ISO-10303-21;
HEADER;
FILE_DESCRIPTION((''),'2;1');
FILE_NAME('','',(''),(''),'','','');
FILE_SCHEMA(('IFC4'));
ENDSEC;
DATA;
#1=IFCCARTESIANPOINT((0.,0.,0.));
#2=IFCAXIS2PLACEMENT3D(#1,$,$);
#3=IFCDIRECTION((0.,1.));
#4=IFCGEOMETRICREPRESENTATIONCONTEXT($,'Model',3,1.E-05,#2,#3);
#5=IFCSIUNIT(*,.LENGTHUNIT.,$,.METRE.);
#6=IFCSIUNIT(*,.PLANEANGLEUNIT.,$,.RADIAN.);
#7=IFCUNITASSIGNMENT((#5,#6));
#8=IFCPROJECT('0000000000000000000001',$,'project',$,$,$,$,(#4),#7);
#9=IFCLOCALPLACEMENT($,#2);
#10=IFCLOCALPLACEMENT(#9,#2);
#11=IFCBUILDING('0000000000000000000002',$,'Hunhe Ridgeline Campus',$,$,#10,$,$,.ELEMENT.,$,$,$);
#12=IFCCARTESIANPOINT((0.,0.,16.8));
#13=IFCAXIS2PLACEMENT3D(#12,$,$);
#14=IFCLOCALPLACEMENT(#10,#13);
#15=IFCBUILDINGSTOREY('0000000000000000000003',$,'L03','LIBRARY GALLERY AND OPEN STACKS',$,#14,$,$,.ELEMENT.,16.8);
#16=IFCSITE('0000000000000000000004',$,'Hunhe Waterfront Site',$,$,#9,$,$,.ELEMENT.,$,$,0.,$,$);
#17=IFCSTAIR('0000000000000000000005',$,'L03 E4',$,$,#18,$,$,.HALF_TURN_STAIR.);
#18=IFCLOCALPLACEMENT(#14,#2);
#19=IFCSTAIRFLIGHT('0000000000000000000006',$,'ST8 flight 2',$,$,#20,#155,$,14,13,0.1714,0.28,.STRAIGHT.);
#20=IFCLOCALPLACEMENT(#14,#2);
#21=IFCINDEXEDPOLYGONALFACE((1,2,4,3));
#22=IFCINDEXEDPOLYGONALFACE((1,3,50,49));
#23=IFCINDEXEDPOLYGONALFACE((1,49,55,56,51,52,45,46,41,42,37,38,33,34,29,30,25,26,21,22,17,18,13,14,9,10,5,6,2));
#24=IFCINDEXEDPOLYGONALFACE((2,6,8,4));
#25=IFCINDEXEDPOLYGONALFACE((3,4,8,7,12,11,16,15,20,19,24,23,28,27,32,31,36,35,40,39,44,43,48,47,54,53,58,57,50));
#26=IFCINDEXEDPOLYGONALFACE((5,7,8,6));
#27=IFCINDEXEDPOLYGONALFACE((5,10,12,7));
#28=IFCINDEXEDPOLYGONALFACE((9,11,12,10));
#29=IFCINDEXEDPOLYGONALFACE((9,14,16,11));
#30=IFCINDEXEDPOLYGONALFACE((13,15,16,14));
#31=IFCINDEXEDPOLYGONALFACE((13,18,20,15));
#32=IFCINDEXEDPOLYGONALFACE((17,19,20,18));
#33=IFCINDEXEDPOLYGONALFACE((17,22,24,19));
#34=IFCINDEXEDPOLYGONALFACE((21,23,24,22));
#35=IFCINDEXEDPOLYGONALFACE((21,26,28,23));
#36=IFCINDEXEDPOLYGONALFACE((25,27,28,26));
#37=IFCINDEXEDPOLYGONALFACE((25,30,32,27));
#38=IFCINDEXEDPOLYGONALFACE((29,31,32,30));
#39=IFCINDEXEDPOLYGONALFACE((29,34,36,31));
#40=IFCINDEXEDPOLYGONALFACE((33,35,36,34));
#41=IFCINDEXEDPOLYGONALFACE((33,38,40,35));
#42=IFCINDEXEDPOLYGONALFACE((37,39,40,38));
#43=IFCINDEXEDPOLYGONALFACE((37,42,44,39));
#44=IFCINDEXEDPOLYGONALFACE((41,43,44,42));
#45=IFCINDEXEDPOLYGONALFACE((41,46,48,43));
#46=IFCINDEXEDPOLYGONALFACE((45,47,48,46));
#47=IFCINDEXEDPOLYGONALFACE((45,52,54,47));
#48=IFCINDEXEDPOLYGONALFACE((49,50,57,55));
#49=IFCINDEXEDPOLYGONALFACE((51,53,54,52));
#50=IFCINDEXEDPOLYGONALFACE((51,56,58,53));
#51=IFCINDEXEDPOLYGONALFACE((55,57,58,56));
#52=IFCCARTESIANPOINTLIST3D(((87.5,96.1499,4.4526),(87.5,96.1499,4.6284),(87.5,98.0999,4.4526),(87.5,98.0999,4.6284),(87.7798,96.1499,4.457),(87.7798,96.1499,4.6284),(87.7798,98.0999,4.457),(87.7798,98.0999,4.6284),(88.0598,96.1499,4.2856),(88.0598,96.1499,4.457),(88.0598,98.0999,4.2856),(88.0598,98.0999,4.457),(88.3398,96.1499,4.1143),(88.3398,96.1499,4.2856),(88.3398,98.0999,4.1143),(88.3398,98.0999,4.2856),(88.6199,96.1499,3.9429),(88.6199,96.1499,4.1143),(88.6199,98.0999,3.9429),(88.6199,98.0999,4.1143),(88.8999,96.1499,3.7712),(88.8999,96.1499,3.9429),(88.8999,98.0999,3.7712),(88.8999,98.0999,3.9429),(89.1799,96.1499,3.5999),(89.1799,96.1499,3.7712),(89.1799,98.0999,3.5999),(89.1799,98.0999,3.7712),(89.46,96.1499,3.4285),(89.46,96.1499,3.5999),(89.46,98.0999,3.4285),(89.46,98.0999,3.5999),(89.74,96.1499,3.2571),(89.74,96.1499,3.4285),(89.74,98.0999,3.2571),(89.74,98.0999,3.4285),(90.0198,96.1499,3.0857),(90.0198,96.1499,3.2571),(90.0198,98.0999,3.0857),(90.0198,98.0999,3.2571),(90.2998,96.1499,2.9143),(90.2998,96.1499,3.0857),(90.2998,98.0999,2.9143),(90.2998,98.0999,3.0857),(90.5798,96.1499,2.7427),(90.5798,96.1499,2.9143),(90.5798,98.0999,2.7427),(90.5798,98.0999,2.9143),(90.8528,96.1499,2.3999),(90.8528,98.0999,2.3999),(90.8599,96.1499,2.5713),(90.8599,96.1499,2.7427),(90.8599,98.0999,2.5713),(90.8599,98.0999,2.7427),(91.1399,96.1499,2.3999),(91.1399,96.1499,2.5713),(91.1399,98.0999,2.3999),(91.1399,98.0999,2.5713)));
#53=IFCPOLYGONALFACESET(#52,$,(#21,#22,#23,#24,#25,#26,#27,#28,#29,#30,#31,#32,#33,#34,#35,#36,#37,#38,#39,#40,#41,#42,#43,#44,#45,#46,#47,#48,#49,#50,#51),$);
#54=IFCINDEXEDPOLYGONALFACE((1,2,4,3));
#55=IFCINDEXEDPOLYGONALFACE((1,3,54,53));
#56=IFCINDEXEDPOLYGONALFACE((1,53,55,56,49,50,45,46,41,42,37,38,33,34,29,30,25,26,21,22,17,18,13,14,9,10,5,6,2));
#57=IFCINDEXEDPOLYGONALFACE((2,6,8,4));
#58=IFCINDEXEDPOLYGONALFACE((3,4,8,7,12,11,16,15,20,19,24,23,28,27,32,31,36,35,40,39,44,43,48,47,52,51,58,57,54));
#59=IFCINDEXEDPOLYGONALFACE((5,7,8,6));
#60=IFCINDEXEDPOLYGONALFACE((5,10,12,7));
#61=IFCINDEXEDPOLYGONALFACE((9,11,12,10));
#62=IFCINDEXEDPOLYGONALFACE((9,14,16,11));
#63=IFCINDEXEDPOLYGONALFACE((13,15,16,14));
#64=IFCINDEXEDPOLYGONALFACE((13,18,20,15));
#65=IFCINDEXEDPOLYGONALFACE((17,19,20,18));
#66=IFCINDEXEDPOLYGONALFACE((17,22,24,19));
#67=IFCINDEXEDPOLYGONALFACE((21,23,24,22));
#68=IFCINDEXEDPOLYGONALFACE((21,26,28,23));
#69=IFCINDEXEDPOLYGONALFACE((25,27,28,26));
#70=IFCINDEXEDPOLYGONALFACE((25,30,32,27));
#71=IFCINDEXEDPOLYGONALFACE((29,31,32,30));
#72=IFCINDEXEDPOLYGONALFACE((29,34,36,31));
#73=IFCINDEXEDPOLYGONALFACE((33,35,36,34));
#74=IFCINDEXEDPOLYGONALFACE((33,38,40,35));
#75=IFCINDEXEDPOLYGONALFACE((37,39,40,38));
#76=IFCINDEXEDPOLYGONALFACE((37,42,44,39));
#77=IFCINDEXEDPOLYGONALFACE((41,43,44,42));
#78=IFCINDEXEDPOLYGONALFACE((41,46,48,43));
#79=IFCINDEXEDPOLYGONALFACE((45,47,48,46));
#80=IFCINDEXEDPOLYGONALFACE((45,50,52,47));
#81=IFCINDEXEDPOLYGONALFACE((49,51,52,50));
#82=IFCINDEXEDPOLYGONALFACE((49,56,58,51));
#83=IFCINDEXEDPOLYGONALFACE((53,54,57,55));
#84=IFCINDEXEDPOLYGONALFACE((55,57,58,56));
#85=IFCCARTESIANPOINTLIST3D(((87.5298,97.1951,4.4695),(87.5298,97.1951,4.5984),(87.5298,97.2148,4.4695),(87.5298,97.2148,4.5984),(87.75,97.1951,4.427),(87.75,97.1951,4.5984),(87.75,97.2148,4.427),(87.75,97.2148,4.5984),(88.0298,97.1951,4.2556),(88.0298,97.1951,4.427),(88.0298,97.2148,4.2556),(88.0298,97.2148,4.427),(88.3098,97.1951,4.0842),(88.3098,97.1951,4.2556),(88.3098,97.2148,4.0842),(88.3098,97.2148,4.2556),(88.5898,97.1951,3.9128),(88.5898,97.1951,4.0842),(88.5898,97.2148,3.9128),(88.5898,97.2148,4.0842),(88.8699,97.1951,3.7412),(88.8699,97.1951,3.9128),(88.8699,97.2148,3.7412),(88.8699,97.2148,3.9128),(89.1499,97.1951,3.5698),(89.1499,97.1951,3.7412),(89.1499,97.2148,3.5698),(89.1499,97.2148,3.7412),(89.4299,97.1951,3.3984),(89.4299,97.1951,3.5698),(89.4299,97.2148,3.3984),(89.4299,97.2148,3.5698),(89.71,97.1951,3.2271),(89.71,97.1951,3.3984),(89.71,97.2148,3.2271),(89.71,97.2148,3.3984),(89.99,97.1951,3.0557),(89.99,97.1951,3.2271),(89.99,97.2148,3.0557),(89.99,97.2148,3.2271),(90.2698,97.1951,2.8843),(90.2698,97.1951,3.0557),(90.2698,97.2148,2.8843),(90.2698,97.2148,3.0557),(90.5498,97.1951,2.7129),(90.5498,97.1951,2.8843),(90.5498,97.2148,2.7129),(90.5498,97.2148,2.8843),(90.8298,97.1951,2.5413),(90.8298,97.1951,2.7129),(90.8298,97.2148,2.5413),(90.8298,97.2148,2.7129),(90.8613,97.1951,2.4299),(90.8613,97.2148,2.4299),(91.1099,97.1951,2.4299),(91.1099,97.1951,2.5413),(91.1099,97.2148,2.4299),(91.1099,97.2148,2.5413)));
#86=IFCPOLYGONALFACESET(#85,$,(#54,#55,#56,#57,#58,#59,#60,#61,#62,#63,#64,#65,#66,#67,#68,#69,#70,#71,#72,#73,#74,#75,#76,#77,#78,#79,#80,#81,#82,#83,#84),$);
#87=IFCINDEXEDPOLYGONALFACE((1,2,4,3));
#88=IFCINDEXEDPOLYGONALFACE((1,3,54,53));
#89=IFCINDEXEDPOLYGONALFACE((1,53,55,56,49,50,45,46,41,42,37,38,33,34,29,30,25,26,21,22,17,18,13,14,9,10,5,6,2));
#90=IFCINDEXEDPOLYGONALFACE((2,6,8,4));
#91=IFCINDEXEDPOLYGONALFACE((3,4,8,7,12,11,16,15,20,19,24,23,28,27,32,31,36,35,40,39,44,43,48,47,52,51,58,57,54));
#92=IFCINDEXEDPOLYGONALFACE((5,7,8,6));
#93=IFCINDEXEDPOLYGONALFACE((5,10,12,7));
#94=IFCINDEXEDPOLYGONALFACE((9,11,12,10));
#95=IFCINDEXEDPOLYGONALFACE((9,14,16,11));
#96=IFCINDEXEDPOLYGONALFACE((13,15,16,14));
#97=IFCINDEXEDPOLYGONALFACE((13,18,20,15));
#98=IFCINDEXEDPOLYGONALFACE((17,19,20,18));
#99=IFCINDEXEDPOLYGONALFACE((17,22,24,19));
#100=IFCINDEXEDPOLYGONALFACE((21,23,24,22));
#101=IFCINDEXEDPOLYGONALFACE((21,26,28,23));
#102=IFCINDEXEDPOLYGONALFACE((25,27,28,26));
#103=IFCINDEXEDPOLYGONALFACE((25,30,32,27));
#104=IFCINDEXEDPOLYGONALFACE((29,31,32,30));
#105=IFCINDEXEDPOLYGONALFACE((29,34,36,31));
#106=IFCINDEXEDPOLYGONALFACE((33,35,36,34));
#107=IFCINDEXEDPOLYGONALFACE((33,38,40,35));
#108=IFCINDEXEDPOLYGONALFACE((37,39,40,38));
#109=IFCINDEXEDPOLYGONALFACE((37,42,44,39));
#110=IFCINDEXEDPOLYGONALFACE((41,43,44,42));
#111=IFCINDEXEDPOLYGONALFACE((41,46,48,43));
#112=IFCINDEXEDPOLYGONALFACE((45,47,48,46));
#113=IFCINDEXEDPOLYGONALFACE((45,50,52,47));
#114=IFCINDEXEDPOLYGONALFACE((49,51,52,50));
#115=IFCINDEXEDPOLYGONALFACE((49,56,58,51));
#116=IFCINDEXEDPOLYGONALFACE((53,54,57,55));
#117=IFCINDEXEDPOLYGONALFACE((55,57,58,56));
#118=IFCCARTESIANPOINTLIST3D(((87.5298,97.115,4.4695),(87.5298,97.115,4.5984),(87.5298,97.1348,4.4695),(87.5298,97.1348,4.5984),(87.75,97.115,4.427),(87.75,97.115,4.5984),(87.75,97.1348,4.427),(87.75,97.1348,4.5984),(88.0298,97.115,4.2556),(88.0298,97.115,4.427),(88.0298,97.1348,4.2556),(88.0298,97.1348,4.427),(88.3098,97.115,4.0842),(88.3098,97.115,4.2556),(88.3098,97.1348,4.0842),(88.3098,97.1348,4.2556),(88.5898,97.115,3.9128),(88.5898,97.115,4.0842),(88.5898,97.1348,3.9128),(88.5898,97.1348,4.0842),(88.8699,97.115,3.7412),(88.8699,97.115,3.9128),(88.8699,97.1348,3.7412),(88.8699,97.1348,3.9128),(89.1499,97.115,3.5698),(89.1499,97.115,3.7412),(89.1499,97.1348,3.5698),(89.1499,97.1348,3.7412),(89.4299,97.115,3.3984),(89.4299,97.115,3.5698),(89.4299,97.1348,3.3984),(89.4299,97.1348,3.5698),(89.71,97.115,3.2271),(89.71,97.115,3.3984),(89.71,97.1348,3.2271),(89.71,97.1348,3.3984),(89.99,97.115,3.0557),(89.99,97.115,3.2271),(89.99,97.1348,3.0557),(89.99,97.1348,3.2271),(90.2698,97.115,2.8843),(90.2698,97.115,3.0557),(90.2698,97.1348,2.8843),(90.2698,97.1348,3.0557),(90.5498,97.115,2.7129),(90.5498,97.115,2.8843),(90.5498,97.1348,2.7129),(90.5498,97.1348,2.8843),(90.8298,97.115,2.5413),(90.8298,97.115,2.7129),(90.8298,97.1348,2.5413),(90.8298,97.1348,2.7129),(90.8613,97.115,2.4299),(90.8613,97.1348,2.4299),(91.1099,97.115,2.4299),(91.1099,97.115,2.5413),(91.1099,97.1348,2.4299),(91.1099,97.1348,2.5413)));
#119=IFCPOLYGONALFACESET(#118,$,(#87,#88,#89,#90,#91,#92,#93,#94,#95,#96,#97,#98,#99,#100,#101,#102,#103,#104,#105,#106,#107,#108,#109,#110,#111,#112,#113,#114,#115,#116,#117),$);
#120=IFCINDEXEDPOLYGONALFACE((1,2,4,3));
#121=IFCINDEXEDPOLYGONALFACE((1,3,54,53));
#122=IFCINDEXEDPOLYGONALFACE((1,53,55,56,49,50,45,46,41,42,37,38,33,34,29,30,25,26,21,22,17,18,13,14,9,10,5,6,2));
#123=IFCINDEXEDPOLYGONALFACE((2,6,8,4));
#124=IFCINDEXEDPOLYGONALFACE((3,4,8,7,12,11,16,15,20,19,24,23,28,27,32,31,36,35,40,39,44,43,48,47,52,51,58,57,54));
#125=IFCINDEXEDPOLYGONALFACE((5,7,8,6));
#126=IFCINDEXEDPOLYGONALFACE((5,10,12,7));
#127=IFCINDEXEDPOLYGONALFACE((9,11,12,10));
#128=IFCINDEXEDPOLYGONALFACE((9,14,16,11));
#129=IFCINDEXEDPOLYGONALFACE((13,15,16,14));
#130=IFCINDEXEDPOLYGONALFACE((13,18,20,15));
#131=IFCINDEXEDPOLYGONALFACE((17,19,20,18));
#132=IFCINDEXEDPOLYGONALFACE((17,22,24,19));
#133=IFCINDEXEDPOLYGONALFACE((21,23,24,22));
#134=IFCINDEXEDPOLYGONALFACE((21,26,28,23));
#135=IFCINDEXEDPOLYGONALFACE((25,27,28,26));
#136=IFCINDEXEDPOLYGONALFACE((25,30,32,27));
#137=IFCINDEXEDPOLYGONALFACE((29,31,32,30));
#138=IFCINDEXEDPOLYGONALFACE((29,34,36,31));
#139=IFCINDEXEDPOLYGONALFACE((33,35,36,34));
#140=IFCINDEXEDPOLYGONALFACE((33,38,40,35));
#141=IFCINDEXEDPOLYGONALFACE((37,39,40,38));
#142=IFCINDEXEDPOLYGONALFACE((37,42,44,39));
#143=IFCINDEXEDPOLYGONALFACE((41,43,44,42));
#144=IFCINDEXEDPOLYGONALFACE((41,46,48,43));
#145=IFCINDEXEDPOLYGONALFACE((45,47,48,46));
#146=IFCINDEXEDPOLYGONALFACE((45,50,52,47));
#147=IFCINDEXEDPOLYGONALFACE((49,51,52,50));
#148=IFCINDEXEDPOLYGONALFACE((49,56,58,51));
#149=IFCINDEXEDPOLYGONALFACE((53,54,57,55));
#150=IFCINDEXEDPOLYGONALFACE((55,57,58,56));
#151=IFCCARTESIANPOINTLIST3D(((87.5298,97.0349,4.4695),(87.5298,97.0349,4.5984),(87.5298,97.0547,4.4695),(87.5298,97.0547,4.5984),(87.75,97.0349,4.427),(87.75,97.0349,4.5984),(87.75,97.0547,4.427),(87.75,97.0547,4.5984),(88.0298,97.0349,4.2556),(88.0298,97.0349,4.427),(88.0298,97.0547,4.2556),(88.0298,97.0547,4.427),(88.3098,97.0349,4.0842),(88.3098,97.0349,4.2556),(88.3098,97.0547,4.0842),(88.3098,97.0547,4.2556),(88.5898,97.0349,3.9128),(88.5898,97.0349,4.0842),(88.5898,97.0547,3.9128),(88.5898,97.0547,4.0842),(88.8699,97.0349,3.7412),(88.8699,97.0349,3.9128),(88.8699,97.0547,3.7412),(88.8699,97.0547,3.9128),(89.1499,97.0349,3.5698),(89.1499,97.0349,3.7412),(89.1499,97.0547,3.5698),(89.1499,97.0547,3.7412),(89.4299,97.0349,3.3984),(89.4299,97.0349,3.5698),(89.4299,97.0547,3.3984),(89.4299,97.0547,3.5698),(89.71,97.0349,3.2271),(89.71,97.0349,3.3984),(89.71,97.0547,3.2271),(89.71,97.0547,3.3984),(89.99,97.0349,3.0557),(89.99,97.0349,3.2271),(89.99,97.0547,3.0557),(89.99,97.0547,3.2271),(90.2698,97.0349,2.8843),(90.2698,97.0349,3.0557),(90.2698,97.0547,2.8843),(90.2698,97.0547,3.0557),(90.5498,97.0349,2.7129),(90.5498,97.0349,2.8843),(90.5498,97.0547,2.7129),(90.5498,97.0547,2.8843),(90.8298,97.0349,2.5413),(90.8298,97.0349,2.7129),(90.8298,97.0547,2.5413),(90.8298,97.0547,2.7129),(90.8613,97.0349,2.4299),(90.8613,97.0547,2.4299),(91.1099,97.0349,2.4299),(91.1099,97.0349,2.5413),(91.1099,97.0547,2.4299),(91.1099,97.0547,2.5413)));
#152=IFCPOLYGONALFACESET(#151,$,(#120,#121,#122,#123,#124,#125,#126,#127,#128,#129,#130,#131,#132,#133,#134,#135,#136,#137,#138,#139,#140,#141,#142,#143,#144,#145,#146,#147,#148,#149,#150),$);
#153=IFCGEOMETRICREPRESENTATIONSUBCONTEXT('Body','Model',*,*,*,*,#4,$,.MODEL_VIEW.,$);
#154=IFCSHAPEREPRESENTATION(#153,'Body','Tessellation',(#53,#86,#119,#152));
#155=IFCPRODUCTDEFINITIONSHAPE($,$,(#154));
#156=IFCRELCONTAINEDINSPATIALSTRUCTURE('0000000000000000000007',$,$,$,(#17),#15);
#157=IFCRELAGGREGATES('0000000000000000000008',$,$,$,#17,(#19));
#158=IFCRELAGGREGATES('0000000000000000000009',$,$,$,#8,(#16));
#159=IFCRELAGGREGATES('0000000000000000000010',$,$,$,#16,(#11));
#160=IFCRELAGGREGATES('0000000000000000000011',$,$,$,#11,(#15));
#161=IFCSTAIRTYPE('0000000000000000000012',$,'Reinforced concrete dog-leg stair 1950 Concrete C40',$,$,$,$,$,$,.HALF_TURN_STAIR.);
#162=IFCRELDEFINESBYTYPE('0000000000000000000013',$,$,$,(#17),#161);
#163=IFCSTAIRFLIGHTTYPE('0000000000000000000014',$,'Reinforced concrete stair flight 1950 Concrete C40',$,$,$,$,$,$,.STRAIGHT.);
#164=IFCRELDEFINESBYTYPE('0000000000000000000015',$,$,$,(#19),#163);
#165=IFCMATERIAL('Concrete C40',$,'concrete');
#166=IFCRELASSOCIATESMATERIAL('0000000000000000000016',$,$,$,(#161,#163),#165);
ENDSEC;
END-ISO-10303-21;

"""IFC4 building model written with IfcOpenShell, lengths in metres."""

from ifc_helpers import new_model, si_unit, direction, frame, origin, place, context, subcontext, project, spatial, polyline, outline, extrude, material, type_object, element, aggregate, save


model = new_model("IFC4")

# Units and contexts
model_context = context("Model", 3, precision=1e-05, world=origin(), true_north=direction((0.0, 1.0)))
body_context = subcontext(model_context, "Body", "Model", "MODEL_VIEW")
ifc_project = project(units=[si_unit("LENGTHUNIT", "METRE"), si_unit("PLANEANGLEUNIT", "RADIAN")], contexts=[model_context])

# Site, building, storey
site_placement = place(None, origin())
site = spatial("IfcSite", under=ifc_project, at=site_placement, Name="Hunhe Waterfront Site", CompositionType="ELEMENT", RefElevation=0.0)
building_placement = place(site_placement, origin())
building = spatial("IfcBuilding", under=site, at=building_placement, Name="Hunhe Ridgeline Campus", CompositionType="ELEMENT")
storey_placement = place(building_placement, frame((0.0, 0.0, 16.8)))
storey = spatial("IfcBuildingStorey", under=building, at=storey_placement, Name="L03", Description="LIBRARY GALLERY AND OPEN STACKS", CompositionType="ELEMENT", Elevation=16.8)

# Stair, stair flight
ifc_material_1 = material(Name="Concrete C40", Category="concrete")
stair_type = type_object("IfcStairType", Name="Reinforced concrete dog-leg stair 1950 Concrete C40", PredefinedType="HALF_TURN_STAIR", material=ifc_material_1)
stair_flight_type = type_object("IfcStairFlightType", Name="Reinforced concrete stair flight 1950 Concrete C40", PredefinedType="STRAIGHT", material=ifc_material_1)
stair_1_placement = place(storey_placement, origin())
stair_1 = element("IfcStair", 1, at=stair_1_placement, inside=storey, type_object=stair_type, Name="L03 E4", PredefinedType="HALF_TURN_STAIR")
stair_flight_1_placement = place(storey_placement, frame((91.1399, 97.125, 2.3999), z_axis=(0.0, 0.0, 1.0), x_axis=(-1.0, 0.0, 0.0)))
stair_flight_1 = element("IfcStairFlight", 2, at=stair_flight_1_placement, type_object=stair_flight_type, Name="ST8 flight 2", NumberOfRisers=14, NumberOfTreads=13, PredefinedType="STRAIGHT", RiserHeight=0.1714, TreadLength=0.28, context=body_context, shape_type="SweptSolid", body=[
    extrude(outline(polyline([(0.0, 0.0), (0.0, 0.1714), (0.28, 0.1714), (0.28, 0.3428), (0.5601, 0.3428), (0.5601, 0.5144), (0.8401, 0.5144), (0.8401, 0.6858), (1.1201, 0.6858), (1.1201, 0.8572), (1.3999, 0.8572), (1.3999, 1.0286), (1.6799, 1.0286), (1.6799, 1.2), (1.96, 1.2), (1.96, 1.3713), (2.24, 1.3713), (2.24, 1.543), (2.52, 1.543), (2.52, 1.7144), (2.8, 1.7144), (2.8, 1.8857), (3.0801, 1.8857), (3.0801, 2.0571), (3.3601, 2.0571), (3.3601, 2.2285), (3.6399, 2.2285), (3.6399, 2.3999), (3.6399, 2.0527), (0.2871, 0.0), (0.0, 0.0)])), frame((0.0, 0.9751, 0.0), z_axis=(0.0, -1.0, 0.0), x_axis=(1.0, 0.0, 0.0)), (0.0, 0.0, 1.0), 1.95),
    extrude(outline(polyline([(0.03, 0.03), (0.03, 0.1414), (0.3101, 0.1414), (0.3101, 0.313), (0.5901, 0.313), (0.5901, 0.4844), (0.8701, 0.4844), (0.8701, 0.6558), (1.1499, 0.6558), (1.1499, 0.8271), (1.4299, 0.8271), (1.4299, 0.9985), (1.71, 0.9985), (1.71, 1.1699), (1.99, 1.1699), (1.99, 1.3413), (2.27, 1.3413), (2.27, 1.5129), (2.55, 1.5129), (2.55, 1.6843), (2.8301, 1.6843), (2.8301, 1.8557), (3.1101, 1.8557), (3.1101, 2.0271), (3.3899, 2.0271), (3.3899, 2.1985), (3.6101, 2.1985), (3.6101, 2.0696), (0.2786, 0.03), (0.03, 0.03)])), frame((0.0, -0.0701, 0.0), z_axis=(0.0, -1.0, 0.0), x_axis=(1.0, 0.0, 0.0)), (0.0, 0.0, 1.0), 0.0198),
    extrude(outline(polyline([(0.03, 0.03), (0.03, 0.1414), (0.3101, 0.1414), (0.3101, 0.313), (0.5901, 0.313), (0.5901, 0.4844), (0.8701, 0.4844), (0.8701, 0.6558), (1.1499, 0.6558), (1.1499, 0.8271), (1.4299, 0.8271), (1.4299, 0.9985), (1.71, 0.9985), (1.71, 1.1699), (1.99, 1.1699), (1.99, 1.3413), (2.27, 1.3413), (2.27, 1.5129), (2.55, 1.5129), (2.55, 1.6843), (2.8301, 1.6843), (2.8301, 1.8557), (3.1101, 1.8557), (3.1101, 2.0271), (3.3899, 2.0271), (3.3899, 2.1985), (3.6101, 2.1985), (3.6101, 2.0696), (0.2786, 0.03), (0.03, 0.03)])), frame((0.0, 0.01, 0.0), z_axis=(0.0, -1.0, 0.0), x_axis=(1.0, 0.0, 0.0)), (0.0, 0.0, 1.0), 0.0198),
    extrude(outline(polyline([(0.03, 0.03), (0.03, 0.1414), (0.3101, 0.1414), (0.3101, 0.313), (0.5901, 0.313), (0.5901, 0.4844), (0.8701, 0.4844), (0.8701, 0.6558), (1.1499, 0.6558), (1.1499, 0.8271), (1.4299, 0.8271), (1.4299, 0.9985), (1.71, 0.9985), (1.71, 1.1699), (1.99, 1.1699), (1.99, 1.3413), (2.27, 1.3413), (2.27, 1.5129), (2.55, 1.5129), (2.55, 1.6843), (2.8301, 1.6843), (2.8301, 1.8557), (3.1101, 1.8557), (3.1101, 2.0271), (3.3899, 2.0271), (3.3899, 2.1985), (3.6101, 2.1985), (3.6101, 2.0696), (0.2786, 0.03), (0.03, 0.03)])), frame((0.0, 0.0901, 0.0), z_axis=(0.0, -1.0, 0.0), x_axis=(1.0, 0.0, 0.0)), (0.0, 0.0, 1.0), 0.0198),
])
aggregate(stair_1, [stair_flight_1])

save(model, "model.ifc")
